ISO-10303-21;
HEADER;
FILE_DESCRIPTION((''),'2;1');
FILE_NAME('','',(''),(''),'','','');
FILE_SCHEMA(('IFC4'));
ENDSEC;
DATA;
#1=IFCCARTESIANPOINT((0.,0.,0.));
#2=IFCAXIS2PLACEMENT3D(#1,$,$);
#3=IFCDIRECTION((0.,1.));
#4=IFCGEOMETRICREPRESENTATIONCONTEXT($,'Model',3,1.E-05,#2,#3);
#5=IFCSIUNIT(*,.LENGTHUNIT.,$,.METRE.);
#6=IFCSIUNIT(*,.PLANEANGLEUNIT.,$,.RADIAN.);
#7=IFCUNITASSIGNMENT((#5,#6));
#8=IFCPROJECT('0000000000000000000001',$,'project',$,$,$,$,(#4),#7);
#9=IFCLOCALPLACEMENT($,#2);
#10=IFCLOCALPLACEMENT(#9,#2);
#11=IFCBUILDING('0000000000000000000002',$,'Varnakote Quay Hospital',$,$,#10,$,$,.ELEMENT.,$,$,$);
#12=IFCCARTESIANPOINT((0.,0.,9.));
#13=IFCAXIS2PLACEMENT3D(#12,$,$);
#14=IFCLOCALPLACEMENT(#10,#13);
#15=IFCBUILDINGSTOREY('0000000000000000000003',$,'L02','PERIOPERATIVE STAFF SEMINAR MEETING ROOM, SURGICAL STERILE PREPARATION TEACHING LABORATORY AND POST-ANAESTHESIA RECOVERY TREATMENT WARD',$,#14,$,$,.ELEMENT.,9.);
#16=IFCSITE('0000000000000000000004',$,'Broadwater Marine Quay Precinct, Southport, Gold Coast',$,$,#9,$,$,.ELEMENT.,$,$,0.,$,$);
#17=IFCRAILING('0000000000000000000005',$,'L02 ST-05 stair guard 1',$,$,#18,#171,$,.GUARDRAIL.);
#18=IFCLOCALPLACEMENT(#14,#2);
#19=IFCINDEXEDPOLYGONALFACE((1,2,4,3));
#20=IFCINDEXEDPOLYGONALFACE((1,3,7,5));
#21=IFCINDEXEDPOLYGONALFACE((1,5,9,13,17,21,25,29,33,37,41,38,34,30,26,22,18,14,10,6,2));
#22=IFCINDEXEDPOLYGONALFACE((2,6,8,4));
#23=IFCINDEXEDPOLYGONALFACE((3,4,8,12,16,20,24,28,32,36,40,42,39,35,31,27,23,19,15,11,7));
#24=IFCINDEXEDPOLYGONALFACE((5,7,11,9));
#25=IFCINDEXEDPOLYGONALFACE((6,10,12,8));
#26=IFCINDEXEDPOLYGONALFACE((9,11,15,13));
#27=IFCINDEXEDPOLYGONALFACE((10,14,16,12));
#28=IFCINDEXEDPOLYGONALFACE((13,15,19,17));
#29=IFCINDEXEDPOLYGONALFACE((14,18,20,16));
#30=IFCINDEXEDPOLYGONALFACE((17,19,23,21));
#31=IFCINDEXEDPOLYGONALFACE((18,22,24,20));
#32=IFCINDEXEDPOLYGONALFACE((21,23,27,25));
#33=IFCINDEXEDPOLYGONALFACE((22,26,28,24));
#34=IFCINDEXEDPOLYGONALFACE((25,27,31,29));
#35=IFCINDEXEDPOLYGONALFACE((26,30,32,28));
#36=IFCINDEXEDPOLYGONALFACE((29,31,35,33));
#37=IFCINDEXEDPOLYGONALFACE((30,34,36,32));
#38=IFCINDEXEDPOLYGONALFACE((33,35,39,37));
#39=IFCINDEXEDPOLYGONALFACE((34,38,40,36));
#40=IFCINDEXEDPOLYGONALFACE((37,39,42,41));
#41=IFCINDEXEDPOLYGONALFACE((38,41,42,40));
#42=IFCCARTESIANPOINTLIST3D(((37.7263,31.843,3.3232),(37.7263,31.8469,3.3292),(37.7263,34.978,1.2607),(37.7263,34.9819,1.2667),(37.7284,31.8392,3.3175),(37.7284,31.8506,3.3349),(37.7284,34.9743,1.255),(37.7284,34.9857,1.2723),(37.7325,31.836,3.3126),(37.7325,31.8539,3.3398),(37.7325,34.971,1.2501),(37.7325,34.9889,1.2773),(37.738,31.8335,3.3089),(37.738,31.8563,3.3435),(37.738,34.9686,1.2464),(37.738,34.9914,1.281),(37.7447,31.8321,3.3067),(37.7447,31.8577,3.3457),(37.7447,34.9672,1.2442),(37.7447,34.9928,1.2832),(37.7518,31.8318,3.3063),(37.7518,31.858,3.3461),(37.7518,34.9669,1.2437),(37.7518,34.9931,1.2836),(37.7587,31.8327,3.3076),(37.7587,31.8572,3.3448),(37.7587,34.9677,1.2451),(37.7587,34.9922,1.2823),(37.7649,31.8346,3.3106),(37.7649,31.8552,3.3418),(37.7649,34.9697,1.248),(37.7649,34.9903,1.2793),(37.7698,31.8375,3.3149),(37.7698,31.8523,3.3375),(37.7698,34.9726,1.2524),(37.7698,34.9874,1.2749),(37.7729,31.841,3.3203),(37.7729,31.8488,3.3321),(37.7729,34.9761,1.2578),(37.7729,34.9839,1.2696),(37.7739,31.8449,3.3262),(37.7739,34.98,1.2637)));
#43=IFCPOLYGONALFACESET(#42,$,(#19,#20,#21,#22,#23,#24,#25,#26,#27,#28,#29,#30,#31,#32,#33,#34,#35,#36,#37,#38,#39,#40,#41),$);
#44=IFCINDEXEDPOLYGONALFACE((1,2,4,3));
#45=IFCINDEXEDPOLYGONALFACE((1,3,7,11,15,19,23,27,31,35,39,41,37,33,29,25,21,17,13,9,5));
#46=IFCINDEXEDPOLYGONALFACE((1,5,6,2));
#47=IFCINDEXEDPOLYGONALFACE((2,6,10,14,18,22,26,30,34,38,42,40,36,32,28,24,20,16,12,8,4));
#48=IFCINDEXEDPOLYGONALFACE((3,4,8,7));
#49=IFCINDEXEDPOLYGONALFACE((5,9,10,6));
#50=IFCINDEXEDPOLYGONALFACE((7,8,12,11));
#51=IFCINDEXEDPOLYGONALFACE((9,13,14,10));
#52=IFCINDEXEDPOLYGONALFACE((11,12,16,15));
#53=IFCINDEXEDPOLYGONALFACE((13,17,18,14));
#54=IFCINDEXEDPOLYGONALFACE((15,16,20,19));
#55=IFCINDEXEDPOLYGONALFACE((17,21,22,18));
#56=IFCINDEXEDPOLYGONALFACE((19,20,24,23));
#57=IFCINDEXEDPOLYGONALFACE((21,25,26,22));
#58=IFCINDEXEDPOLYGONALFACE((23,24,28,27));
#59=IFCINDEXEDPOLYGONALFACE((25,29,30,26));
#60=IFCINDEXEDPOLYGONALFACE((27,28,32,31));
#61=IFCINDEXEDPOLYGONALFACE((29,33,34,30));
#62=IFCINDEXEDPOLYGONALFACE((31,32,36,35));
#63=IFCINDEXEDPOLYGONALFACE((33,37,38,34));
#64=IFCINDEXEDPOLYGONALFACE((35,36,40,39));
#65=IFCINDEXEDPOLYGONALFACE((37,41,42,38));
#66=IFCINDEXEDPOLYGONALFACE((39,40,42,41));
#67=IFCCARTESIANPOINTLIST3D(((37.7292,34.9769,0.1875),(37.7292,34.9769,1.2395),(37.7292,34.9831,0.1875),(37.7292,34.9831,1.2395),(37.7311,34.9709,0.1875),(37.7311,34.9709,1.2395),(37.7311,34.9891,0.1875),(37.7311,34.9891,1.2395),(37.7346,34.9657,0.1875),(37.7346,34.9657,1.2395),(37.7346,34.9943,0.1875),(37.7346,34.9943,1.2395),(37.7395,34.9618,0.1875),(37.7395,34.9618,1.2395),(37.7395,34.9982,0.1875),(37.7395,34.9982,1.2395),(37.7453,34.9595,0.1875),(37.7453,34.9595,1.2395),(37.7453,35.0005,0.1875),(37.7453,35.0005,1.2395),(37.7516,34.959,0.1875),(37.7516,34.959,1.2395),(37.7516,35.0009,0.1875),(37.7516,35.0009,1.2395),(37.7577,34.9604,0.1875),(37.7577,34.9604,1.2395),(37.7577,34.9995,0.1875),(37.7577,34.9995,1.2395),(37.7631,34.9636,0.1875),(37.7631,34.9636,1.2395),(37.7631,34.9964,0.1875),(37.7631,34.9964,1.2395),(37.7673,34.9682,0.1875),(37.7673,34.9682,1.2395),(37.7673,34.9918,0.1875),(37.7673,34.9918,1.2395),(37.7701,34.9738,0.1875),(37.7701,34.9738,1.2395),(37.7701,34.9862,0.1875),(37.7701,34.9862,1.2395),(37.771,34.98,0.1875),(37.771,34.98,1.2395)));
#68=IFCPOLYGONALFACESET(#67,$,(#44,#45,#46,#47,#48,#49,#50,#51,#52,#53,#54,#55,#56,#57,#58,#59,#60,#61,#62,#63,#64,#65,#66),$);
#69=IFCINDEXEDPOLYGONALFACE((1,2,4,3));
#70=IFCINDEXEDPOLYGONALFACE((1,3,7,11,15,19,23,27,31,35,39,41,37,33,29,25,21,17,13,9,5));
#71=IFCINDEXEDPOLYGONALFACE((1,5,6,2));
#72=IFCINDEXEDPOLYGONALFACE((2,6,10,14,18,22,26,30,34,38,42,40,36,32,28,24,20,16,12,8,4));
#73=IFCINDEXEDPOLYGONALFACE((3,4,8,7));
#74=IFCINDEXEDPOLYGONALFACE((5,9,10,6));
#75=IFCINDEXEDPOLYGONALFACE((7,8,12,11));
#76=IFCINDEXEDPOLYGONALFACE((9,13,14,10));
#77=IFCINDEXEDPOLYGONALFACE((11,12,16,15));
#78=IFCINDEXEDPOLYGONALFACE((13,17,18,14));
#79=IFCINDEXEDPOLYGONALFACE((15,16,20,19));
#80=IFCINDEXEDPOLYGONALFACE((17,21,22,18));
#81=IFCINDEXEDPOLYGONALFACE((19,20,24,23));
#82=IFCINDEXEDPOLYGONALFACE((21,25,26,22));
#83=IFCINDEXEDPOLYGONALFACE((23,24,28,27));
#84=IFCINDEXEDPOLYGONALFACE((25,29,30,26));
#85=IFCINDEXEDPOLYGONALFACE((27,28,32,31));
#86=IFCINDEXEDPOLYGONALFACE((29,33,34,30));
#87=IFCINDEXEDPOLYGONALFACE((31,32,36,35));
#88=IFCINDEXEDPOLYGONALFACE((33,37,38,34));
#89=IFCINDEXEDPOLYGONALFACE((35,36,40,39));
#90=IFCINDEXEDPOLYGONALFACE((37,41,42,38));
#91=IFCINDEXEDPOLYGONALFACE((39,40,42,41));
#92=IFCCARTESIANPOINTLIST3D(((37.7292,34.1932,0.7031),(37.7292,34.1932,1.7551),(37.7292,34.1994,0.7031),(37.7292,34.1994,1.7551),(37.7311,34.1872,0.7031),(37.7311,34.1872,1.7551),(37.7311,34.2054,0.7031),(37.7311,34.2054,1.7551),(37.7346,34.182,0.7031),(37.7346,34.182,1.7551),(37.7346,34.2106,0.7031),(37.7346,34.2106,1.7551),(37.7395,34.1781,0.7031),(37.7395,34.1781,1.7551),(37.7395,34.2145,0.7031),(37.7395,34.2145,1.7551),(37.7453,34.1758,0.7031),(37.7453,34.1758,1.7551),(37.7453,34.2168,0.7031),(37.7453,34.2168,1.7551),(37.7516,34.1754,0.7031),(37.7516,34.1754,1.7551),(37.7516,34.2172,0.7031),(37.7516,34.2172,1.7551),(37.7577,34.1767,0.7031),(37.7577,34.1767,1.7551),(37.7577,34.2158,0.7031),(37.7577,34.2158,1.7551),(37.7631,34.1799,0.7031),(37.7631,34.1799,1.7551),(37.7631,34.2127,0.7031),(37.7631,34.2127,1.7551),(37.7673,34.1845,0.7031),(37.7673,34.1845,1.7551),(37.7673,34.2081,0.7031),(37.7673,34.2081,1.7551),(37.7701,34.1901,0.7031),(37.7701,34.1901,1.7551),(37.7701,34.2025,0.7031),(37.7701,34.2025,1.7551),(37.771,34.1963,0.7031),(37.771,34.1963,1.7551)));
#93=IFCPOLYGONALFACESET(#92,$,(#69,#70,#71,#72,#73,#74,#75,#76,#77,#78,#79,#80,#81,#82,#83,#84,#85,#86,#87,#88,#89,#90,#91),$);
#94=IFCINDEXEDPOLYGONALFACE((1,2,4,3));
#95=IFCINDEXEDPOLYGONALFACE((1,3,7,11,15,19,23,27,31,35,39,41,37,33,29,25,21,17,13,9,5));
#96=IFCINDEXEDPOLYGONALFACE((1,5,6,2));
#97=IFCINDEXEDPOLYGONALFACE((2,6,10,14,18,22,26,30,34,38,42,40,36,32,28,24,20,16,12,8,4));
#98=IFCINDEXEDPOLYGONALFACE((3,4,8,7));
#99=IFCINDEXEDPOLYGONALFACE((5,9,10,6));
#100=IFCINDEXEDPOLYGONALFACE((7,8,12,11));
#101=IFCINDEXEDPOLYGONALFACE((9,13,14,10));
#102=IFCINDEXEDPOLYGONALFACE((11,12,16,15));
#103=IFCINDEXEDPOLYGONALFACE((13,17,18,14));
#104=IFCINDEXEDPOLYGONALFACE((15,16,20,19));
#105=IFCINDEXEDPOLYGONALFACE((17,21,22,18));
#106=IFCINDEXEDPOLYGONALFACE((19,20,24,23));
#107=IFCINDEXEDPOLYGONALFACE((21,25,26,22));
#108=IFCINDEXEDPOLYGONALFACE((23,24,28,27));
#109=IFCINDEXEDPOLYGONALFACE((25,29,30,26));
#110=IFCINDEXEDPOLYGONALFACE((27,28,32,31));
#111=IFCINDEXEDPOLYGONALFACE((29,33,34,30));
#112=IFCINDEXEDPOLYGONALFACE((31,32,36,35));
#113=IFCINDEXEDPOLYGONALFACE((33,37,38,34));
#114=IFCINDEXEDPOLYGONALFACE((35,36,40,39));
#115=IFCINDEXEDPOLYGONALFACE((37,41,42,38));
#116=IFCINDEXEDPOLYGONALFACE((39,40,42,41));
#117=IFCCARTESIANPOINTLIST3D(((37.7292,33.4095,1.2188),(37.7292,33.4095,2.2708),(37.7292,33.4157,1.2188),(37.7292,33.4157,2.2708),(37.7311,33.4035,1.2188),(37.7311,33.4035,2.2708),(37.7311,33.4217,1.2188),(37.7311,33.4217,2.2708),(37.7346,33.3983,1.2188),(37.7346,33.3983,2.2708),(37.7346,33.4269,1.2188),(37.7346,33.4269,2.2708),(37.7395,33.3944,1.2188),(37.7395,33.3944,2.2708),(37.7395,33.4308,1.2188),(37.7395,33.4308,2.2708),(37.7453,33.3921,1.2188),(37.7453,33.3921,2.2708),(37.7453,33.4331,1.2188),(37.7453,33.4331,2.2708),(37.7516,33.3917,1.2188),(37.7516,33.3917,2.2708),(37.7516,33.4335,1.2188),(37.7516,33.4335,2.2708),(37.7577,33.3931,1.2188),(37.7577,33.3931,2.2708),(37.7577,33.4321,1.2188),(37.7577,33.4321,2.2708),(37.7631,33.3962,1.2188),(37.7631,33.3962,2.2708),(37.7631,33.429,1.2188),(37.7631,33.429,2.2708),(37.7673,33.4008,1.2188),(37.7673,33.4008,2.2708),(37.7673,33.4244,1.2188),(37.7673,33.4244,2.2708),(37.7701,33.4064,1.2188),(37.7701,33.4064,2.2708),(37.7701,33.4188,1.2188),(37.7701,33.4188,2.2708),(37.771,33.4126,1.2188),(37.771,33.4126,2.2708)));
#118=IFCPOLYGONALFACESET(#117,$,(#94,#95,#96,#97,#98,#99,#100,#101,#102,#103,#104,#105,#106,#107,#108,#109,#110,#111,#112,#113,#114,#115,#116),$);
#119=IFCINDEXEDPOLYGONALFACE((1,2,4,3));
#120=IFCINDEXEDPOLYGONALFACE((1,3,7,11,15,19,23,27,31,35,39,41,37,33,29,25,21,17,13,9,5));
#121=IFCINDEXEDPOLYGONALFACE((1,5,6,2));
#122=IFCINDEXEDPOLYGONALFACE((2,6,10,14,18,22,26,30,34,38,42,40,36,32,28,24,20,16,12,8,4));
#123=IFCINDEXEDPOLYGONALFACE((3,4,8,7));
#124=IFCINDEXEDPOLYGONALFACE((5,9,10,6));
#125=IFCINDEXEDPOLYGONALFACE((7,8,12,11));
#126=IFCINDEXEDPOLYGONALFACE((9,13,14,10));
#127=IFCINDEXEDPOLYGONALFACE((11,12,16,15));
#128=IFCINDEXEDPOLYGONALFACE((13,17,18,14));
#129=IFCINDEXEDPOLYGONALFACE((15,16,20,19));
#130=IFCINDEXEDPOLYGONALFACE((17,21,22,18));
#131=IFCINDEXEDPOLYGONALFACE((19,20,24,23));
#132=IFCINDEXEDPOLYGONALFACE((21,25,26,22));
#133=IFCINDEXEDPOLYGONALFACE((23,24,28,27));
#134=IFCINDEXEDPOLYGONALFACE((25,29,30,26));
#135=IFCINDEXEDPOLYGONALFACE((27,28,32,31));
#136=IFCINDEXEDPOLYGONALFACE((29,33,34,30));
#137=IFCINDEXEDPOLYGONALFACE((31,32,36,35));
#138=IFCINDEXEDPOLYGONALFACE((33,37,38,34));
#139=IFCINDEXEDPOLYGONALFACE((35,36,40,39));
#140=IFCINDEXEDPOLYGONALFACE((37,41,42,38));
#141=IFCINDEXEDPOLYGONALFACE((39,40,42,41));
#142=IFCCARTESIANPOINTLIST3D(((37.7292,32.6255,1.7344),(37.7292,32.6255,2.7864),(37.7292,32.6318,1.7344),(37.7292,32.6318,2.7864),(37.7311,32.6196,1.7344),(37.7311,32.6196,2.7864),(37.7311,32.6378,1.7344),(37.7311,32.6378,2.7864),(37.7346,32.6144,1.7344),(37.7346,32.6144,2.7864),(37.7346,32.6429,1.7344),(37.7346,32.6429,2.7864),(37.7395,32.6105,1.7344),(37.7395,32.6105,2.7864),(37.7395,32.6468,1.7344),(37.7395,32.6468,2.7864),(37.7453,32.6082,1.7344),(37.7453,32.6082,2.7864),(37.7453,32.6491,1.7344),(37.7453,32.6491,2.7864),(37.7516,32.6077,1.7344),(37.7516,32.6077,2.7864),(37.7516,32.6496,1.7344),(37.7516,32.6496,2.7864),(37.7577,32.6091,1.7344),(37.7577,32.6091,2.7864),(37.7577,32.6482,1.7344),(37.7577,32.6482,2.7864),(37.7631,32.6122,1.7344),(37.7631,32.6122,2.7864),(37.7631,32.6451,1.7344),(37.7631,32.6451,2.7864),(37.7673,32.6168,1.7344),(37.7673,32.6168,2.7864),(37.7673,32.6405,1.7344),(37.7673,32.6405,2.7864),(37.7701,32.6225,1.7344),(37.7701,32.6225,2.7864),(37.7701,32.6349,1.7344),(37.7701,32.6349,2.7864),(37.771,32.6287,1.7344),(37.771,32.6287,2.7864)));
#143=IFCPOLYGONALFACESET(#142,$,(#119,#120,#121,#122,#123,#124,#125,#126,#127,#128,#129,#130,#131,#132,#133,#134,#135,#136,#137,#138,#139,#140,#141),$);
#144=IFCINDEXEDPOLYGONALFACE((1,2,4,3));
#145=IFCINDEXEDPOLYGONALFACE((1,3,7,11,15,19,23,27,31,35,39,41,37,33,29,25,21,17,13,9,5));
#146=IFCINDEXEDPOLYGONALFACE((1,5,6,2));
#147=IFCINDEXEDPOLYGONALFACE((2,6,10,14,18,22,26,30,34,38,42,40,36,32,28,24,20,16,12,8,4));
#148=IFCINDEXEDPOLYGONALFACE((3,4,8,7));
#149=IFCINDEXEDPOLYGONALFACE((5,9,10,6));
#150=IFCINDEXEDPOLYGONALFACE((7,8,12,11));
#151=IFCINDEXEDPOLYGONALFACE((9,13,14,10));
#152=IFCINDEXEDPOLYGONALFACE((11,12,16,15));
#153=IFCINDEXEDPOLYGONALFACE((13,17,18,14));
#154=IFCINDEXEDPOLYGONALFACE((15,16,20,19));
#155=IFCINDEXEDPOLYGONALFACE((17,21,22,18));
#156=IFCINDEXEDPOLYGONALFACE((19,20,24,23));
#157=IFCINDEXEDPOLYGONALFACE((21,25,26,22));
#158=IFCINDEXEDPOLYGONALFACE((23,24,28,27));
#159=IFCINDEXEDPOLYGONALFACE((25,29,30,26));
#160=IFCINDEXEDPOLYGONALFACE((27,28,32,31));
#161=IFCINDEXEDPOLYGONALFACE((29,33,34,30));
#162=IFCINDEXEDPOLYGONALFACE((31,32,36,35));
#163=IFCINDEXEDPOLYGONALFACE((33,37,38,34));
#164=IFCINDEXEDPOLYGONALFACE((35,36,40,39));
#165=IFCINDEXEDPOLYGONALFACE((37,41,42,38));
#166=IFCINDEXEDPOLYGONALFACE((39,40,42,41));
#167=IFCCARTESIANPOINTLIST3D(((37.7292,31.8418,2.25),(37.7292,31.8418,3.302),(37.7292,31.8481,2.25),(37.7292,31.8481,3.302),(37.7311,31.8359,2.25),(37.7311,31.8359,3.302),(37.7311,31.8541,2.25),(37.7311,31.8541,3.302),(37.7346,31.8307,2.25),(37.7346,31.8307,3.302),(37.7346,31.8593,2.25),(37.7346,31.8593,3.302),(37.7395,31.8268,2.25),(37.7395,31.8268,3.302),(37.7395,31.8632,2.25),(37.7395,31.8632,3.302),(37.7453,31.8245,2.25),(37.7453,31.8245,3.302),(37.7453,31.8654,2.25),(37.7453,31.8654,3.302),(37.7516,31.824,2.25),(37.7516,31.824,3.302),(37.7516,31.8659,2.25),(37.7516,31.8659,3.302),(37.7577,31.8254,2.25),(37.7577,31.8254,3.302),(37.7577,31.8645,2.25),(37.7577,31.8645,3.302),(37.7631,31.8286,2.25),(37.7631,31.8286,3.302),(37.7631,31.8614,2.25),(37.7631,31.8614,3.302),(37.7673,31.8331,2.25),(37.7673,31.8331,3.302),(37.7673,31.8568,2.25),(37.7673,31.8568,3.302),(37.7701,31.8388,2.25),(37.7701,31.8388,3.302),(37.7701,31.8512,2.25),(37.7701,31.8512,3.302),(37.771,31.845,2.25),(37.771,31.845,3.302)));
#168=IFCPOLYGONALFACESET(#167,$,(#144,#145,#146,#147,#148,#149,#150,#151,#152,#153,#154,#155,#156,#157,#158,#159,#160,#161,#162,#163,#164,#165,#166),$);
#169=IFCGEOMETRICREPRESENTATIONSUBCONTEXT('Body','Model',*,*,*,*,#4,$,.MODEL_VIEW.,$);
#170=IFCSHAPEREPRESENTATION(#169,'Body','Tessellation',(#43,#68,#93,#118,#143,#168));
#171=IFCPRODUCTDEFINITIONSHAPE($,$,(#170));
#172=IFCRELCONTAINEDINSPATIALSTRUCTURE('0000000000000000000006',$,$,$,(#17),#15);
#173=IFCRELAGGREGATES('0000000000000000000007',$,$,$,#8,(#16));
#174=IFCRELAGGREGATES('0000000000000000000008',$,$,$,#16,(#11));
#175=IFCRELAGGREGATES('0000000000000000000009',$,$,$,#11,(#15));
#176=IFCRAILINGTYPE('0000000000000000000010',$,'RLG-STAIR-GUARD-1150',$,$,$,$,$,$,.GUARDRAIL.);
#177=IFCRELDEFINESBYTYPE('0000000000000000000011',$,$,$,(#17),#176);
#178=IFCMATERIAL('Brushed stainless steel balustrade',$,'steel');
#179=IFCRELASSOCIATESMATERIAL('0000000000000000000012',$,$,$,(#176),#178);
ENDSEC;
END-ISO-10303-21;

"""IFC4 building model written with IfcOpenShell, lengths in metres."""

from ifc_helpers import new_model, si_unit, direction, frame, origin, origin_2d, place, context, subcontext, project, spatial, circle, extrude, material, type_object, element, save


model = new_model("IFC4")

# Units and contexts
model_context = context("Model", 3, precision=1e-05, world=origin(), true_north=direction((0.0, 1.0)))
body_context = subcontext(model_context, "Body", "Model", "MODEL_VIEW")
ifc_project = project(units=[si_unit("LENGTHUNIT", "METRE"), si_unit("PLANEANGLEUNIT", "RADIAN")], contexts=[model_context])

# Site, building, storey
site_placement = place(None, origin())
site = spatial("IfcSite", under=ifc_project, at=site_placement, Name="Broadwater Marine Quay Precinct, Southport, Gold Coast", CompositionType="ELEMENT", RefElevation=0.0)
building_placement = place(site_placement, origin())
building = spatial("IfcBuilding", under=site, at=building_placement, Name="Varnakote Quay Hospital", CompositionType="ELEMENT")
storey_placement = place(building_placement, frame((0.0, 0.0, 9.0)))
storey = spatial("IfcBuildingStorey", under=building, at=storey_placement, Name="L02", Description="PERIOPERATIVE STAFF SEMINAR MEETING ROOM, SURGICAL STERILE PREPARATION TEACHING LABORATORY AND POST-ANAESTHESIA RECOVERY TREATMENT WARD", CompositionType="ELEMENT", Elevation=9.0)

# Railing
ifc_material_1 = material(Name="Brushed stainless steel balustrade", Category="steel")
railing_type_1 = type_object("IfcRailingType", Name="RLG-STAIR-GUARD-1150", PredefinedType="GUARDRAIL", material=ifc_material_1)
railing_1_placement = place(storey_placement, frame((37.75, 34.98, 0.1875)))
element("IfcRailing", 1, at=railing_1_placement, inside=storey, type_object=railing_type_1, Name="L02 ST-05 stair guard 1", PredefinedType="GUARDRAIL", context=body_context, shape_type="SweptSolid", body=[
    extrude(circle(Radius=0.0239, at=origin_2d()), frame((0.0, 0.0, 1.0762), z_axis=(0.0, -0.835418, 0.549615), x_axis=(1.0, 0.0, 0.0)), (0.0, 0.0, 1.0), 3.7527),
    extrude(circle(Radius=0.021, at=origin_2d()), origin(), (0.0, 0.0, 1.0), 1.052),
    extrude(circle(Radius=0.021, at=origin_2d()), frame((0.0, -0.7837, 0.5156)), (0.0, 0.0, 1.0), 1.052),
    extrude(circle(Radius=0.021, at=origin_2d()), frame((0.0, -1.5674, 1.0312)), (0.0, 0.0, 1.0), 1.052),
    extrude(circle(Radius=0.021, at=origin_2d()), frame((0.0, -2.3513, 1.5469)), (0.0, 0.0, 1.0), 1.052),
    extrude(circle(Radius=0.021, at=origin_2d()), frame((0.0, -3.135, 2.0625)), (0.0, 0.0, 1.0), 1.052),
])

save(model, "model.ifc")
